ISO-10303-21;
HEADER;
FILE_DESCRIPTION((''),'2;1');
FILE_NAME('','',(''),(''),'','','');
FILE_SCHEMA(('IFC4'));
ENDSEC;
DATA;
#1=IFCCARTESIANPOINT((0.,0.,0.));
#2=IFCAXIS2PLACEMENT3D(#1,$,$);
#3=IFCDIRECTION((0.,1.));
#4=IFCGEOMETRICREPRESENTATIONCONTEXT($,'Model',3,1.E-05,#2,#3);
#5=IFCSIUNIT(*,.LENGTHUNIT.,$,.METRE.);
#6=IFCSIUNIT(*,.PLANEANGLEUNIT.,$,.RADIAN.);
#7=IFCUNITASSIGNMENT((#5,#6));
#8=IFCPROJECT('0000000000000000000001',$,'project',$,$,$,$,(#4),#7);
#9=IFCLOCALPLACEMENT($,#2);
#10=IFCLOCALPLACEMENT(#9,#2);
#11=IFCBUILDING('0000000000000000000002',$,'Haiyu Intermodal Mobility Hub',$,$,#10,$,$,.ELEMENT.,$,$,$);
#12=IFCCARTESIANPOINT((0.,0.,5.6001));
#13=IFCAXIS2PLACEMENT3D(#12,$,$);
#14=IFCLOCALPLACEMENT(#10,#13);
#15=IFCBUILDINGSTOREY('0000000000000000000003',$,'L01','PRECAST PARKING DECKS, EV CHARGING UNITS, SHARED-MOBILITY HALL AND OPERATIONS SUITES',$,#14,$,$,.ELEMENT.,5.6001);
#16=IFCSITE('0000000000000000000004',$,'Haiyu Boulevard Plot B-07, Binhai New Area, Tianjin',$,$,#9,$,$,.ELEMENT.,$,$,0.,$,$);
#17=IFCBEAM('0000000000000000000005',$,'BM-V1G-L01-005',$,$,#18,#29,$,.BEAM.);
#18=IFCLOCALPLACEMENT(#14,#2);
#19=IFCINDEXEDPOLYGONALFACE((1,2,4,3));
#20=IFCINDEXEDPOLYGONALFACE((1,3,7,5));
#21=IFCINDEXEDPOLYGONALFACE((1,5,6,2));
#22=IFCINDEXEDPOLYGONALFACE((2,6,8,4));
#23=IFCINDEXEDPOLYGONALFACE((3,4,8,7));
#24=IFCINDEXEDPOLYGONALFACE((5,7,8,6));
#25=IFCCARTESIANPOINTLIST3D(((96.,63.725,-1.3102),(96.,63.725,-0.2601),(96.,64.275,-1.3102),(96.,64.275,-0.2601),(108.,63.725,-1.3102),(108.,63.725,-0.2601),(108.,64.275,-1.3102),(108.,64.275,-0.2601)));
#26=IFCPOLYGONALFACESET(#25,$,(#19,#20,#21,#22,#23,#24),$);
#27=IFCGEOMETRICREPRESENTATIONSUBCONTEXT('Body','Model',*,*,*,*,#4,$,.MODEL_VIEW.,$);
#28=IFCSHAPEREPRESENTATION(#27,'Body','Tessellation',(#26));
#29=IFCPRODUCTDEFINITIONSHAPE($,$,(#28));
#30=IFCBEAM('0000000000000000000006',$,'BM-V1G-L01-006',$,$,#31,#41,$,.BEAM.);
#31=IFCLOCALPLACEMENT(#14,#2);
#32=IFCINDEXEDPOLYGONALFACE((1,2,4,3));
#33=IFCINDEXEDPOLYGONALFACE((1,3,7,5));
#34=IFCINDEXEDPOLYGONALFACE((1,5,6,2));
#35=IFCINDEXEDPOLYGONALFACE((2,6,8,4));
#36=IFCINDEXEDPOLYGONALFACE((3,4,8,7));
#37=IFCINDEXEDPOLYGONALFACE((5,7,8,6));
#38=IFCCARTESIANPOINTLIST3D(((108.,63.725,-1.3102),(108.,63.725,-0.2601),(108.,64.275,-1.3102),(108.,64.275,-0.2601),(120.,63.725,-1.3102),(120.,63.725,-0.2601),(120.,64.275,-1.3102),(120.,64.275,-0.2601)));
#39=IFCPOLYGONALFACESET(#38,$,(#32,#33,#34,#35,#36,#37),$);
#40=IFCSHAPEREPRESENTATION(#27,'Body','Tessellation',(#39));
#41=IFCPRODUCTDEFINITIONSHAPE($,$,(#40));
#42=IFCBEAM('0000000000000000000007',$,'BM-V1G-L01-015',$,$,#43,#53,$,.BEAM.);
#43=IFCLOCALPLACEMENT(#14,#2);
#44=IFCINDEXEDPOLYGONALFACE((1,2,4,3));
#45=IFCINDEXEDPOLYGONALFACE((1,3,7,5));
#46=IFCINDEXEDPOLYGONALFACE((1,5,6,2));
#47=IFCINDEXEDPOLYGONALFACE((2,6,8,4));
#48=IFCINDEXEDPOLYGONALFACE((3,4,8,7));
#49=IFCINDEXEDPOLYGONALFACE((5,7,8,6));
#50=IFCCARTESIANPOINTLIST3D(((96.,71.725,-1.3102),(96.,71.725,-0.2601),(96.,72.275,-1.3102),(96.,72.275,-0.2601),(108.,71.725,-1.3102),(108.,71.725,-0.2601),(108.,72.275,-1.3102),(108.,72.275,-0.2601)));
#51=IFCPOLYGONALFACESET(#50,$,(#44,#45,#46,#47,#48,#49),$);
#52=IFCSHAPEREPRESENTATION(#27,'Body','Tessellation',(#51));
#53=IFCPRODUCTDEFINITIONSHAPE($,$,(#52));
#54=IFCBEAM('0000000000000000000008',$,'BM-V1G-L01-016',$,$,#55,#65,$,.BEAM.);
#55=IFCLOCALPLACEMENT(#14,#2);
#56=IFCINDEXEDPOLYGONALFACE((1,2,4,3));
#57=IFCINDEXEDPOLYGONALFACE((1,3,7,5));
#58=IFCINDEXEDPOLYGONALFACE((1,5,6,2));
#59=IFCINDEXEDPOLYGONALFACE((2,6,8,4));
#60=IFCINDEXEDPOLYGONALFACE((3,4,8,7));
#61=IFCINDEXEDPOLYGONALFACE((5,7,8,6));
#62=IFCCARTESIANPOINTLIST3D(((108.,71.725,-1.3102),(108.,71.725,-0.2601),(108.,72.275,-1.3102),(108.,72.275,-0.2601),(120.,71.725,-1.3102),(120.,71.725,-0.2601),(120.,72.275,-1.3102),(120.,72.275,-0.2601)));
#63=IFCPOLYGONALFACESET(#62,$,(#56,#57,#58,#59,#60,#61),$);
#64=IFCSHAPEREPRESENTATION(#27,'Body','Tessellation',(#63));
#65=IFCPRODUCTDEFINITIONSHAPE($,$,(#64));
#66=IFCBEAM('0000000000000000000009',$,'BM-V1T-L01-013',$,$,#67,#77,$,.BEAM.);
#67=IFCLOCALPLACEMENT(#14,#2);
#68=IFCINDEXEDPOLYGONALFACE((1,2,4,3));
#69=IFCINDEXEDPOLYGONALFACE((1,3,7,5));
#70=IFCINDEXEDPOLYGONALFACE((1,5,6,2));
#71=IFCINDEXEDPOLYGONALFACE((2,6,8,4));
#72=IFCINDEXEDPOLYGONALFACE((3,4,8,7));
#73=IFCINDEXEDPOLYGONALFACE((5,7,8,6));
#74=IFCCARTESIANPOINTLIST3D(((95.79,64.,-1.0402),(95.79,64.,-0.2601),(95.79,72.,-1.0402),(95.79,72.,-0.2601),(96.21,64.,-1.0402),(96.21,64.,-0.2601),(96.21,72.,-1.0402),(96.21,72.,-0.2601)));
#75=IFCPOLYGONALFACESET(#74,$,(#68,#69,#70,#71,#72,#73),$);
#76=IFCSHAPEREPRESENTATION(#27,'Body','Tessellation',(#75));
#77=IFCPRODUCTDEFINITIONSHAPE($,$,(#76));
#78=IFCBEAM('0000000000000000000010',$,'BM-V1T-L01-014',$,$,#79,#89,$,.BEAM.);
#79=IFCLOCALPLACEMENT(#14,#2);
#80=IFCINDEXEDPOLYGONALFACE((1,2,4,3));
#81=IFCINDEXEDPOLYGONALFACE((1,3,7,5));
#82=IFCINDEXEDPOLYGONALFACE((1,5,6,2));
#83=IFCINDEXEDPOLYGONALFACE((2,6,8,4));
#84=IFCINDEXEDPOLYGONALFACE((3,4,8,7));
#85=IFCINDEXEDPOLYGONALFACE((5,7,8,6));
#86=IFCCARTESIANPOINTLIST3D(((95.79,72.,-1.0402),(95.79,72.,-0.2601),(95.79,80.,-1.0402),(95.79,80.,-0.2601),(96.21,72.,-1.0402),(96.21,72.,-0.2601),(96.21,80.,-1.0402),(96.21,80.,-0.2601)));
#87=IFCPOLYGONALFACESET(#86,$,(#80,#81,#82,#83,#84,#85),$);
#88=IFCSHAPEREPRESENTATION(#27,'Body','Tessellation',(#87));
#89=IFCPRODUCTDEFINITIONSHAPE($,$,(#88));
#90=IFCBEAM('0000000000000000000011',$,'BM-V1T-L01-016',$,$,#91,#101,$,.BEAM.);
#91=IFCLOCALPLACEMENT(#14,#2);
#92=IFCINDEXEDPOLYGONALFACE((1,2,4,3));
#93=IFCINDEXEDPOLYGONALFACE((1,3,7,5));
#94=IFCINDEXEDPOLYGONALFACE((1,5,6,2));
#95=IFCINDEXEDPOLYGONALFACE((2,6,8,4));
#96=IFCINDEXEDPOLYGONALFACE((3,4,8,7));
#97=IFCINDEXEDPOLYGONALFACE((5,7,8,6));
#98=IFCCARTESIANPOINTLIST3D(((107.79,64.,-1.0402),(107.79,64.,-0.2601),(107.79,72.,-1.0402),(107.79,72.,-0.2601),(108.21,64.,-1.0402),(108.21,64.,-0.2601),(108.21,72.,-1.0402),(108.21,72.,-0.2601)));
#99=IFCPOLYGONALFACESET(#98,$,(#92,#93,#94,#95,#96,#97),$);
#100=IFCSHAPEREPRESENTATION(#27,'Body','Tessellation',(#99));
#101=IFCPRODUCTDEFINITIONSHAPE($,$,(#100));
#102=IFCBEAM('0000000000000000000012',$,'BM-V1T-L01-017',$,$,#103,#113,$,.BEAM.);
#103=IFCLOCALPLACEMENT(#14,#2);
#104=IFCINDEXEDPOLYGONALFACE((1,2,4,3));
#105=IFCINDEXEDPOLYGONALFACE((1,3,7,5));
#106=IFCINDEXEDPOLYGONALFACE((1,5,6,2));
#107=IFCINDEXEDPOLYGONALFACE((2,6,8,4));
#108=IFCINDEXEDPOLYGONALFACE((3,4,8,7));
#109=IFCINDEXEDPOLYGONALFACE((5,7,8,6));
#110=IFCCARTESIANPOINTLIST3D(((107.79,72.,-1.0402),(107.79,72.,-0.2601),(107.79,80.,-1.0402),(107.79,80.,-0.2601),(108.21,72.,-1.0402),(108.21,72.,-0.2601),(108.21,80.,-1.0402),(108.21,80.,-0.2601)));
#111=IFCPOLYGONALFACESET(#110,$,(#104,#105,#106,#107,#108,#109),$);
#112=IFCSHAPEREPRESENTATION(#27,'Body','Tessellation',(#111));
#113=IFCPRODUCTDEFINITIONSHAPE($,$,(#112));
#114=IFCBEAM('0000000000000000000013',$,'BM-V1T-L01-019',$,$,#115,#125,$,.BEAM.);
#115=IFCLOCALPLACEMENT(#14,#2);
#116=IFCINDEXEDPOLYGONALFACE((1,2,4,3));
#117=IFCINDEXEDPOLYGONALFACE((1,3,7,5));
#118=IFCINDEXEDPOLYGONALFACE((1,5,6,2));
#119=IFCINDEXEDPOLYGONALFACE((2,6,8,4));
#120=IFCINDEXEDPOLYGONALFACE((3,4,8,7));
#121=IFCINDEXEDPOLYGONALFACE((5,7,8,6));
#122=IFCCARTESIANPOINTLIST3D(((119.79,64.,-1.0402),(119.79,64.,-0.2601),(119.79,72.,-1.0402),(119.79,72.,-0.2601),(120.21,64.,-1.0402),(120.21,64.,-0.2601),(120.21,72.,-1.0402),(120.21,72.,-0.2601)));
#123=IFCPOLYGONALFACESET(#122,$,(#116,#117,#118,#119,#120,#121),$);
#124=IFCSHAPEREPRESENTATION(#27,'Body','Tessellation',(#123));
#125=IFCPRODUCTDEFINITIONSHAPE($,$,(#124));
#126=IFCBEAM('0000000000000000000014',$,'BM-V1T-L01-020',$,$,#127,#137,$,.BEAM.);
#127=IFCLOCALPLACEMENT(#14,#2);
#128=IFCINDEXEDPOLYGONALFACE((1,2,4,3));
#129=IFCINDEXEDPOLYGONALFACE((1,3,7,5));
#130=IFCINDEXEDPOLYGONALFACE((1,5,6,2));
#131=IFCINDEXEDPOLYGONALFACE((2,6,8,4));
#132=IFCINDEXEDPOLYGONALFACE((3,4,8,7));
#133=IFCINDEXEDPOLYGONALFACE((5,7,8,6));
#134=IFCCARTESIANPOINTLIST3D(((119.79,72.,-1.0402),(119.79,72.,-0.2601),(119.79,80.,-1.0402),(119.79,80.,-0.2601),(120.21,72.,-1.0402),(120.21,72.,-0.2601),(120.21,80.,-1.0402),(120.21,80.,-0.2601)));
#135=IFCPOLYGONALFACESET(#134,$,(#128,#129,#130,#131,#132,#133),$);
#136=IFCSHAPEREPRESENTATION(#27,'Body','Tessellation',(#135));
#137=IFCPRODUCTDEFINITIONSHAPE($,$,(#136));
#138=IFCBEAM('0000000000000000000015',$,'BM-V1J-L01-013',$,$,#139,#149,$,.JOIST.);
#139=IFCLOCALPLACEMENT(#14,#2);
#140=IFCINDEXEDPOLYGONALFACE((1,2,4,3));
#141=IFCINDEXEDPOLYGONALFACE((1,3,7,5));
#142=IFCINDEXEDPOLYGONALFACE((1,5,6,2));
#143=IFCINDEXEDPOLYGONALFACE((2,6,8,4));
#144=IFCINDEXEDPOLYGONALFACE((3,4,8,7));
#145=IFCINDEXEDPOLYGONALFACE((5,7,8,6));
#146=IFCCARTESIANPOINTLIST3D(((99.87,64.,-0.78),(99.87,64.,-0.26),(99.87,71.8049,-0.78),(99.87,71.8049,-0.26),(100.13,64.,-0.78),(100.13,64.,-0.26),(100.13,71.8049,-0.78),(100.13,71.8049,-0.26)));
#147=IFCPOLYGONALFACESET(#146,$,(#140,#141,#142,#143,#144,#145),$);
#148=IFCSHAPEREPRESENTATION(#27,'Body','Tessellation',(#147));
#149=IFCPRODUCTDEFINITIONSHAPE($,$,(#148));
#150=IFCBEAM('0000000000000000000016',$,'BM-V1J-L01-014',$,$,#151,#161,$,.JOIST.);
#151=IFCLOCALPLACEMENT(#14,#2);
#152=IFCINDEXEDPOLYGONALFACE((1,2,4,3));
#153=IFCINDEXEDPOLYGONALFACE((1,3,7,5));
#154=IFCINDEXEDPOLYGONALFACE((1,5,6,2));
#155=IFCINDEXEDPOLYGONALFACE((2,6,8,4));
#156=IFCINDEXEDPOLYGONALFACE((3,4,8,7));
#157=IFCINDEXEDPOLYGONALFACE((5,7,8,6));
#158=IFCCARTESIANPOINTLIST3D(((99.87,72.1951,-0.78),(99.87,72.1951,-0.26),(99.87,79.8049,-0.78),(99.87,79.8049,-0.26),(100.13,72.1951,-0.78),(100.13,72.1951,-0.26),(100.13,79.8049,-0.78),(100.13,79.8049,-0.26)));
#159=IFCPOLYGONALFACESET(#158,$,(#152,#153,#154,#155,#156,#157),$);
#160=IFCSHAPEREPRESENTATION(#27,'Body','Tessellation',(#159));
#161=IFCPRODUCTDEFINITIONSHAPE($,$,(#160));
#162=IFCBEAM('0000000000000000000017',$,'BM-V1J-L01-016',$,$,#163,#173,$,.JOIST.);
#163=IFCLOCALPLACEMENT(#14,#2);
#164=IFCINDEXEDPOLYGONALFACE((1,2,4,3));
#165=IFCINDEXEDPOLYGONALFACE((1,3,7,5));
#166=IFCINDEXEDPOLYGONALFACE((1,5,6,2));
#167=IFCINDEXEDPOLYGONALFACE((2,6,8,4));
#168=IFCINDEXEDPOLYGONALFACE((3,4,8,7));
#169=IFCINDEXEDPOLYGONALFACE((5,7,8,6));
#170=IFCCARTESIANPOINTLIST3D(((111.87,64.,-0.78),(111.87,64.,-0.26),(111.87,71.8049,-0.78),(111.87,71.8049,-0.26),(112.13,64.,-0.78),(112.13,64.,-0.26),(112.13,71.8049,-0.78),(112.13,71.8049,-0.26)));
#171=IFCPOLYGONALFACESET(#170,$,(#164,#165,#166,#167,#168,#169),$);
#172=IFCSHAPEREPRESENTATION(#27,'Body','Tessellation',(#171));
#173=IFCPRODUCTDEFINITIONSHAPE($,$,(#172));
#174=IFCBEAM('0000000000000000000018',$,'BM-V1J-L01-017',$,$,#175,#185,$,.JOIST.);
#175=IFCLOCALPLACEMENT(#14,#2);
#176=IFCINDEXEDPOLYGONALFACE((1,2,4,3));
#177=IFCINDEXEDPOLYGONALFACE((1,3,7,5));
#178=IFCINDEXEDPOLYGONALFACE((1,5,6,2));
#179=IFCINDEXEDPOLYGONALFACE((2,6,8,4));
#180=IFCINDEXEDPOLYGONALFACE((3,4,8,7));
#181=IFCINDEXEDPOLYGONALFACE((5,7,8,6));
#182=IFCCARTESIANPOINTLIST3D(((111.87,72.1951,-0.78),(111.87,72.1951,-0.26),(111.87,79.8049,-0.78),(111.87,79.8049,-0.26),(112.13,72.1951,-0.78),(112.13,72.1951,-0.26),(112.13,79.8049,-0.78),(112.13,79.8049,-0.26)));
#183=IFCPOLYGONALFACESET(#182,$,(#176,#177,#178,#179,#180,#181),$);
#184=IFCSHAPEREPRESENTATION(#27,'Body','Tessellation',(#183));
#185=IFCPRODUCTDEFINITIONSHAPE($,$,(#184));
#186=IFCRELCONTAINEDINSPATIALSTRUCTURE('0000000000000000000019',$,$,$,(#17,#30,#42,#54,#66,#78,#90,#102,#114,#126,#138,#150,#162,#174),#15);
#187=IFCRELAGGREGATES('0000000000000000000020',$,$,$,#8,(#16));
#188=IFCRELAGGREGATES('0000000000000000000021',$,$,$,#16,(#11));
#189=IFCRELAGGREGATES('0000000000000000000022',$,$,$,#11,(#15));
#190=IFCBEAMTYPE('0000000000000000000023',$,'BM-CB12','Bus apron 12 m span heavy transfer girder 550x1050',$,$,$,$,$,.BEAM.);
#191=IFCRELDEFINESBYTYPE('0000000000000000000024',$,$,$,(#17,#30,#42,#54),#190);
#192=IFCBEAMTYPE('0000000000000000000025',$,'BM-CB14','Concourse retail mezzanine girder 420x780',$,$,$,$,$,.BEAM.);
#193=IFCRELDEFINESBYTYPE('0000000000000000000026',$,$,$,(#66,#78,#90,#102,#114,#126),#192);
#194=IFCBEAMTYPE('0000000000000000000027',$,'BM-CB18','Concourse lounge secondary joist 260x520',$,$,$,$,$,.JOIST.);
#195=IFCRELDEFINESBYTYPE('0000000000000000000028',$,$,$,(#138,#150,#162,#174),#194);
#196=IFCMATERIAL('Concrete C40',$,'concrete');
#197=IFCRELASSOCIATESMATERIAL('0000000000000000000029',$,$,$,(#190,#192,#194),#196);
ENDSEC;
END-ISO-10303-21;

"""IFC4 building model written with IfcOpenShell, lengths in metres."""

from ifc_helpers import new_model, si_unit, direction, frame, origin, origin_2d, place, context, subcontext, project, spatial, rectangle, extrude, material, material_profile, profile_set, type_object, element, save


model = new_model("IFC4")

# Units and contexts
model_context = context("Model", 3, precision=1e-05, world=origin(), true_north=direction((0.0, 1.0)))
body_context = subcontext(model_context, "Body", "Model", "MODEL_VIEW")
ifc_project = project(units=[si_unit("LENGTHUNIT", "METRE"), si_unit("PLANEANGLEUNIT", "RADIAN")], contexts=[model_context])

# Site, building, storey
site_placement = place(None, origin())
site = spatial("IfcSite", under=ifc_project, at=site_placement, Name="Haiyu Boulevard Plot B-07, Binhai New Area, Tianjin", CompositionType="ELEMENT", RefElevation=0.0)
building_placement = place(site_placement, origin())
building = spatial("IfcBuilding", under=site, at=building_placement, Name="Haiyu Intermodal Mobility Hub", CompositionType="ELEMENT")
storey_placement = place(building_placement, frame((0.0, 0.0, 5.6001)))
storey = spatial("IfcBuildingStorey", under=building, at=storey_placement, Name="L01", Description="PRECAST PARKING DECKS, EV CHARGING UNITS, SHARED-MOBILITY HALL AND OPERATIONS SUITES", CompositionType="ELEMENT", Elevation=5.6001)

# Shared definitions
ifc_material_1 = material(Name="Concrete C40", Category="concrete")

# Beams
ifc_material_profile_1 = material_profile(ifc_material_1, rectangle(XDim=0.55, YDim=1.05, at=origin_2d()), Name="B550x1050")
ifc_profile_set_1 = profile_set([ifc_material_profile_1], Name="Concrete C40")
beam_type_1 = type_object("IfcBeamType", Name="BM-CB12", Description="Bus apron 12 m span heavy transfer girder 550x1050", PredefinedType="BEAM", material=ifc_profile_set_1)
for number, where, z_axis, x_axis, name in (
    (1, (96.0, 64.0, -0.7852), (1.0, 0.0, 0.0), (0.0, 1.0, 0.0), "BM-V1G-L01-005"),
    (2, (108.0, 64.0, -0.7852), (1.0, 0.0, 0.0), (0.0, 1.0, 0.0), "BM-V1G-L01-006"),
    (3, (96.0, 72.0, -0.7852), (1.0, 0.0, 0.0), (0.0, 1.0, 0.0), "BM-V1G-L01-015"),
    (4, (108.0, 72.0, -0.7852), (1.0, 0.0, 0.0), (0.0, 1.0, 0.0), "BM-V1G-L01-016"),
):
    element("IfcBeam", number, at=place(storey_placement, frame(where, z_axis=z_axis, x_axis=x_axis)), inside=storey, type_object=beam_type_1, Name=name, PredefinedType="BEAM", context=body_context, shape_type="SweptSolid", body=[
        extrude(rectangle(XDim=0.55, YDim=1.05, at=origin_2d()), origin(), (0.0, 0.0, 1.0), 12.0),
    ])
ifc_material_profile_2 = material_profile(ifc_material_1, rectangle(XDim=0.4199, YDim=0.78, at=origin_2d()), Name="B420x780")
ifc_profile_set_2 = profile_set([ifc_material_profile_2], Name="Concrete C40")
beam_type_2 = type_object("IfcBeamType", Name="BM-CB14", Description="Concourse retail mezzanine girder 420x780", PredefinedType="BEAM", material=ifc_profile_set_2)
for number, where, z_axis, x_axis, name in (
    (5, (96.0, 64.0, -0.6501), (0.0, 1.0, 0.0), (-1.0, 0.0, 0.0), "BM-V1T-L01-013"),
    (6, (96.0, 72.0, -0.6501), (0.0, 1.0, 0.0), (-1.0, 0.0, 0.0), "BM-V1T-L01-014"),
    (7, (108.0, 64.0, -0.6501), (0.0, 1.0, 0.0), (-1.0, 0.0, 0.0), "BM-V1T-L01-016"),
    (8, (108.0, 72.0, -0.6501), (0.0, 1.0, 0.0), (-1.0, 0.0, 0.0), "BM-V1T-L01-017"),
    (9, (120.0, 64.0, -0.6501), (0.0, 1.0, 0.0), (-1.0, 0.0, 0.0), "BM-V1T-L01-019"),
    (10, (120.0, 72.0, -0.6501), (0.0, 1.0, 0.0), (-1.0, 0.0, 0.0), "BM-V1T-L01-020"),
):
    element("IfcBeam", number, at=place(storey_placement, frame(where, z_axis=z_axis, x_axis=x_axis)), inside=storey, type_object=beam_type_2, Name=name, PredefinedType="BEAM", context=body_context, shape_type="SweptSolid", body=[
        extrude(rectangle(XDim=0.4199, YDim=0.78, at=origin_2d()), origin(), (0.0, 0.0, 1.0), 8.0),
    ])
ifc_material_profile_3 = material_profile(ifc_material_1, rectangle(XDim=0.26, YDim=0.52, at=origin_2d()), Name="B260x520")
ifc_profile_set_3 = profile_set([ifc_material_profile_3], Name="Concrete C40")
beam_type_3 = type_object("IfcBeamType", Name="BM-CB18", Description="Concourse lounge secondary joist 260x520", PredefinedType="JOIST", material=ifc_profile_set_3)
beam_1_placement = place(storey_placement, frame((100.0, 64.0, -0.52), z_axis=(0.0, 1.0, 0.0), x_axis=(-1.0, 0.0, 0.0)))
element("IfcBeam", 11, at=beam_1_placement, inside=storey, type_object=beam_type_3, Name="BM-V1J-L01-013", PredefinedType="JOIST", context=body_context, shape_type="SweptSolid", body=[
    extrude(rectangle(XDim=0.26, YDim=0.52, at=origin_2d()), origin(), (0.0, 0.0, 1.0), 7.8049),
])
beam_2_placement = place(storey_placement, frame((100.0, 72.1951, -0.52), z_axis=(0.0, 1.0, 0.0), x_axis=(-1.0, 0.0, 0.0)))
element("IfcBeam", 12, at=beam_2_placement, inside=storey, type_object=beam_type_3, Name="BM-V1J-L01-014", PredefinedType="JOIST", context=body_context, shape_type="SweptSolid", body=[
    extrude(rectangle(XDim=0.26, YDim=0.52, at=origin_2d()), origin(), (0.0, 0.0, 1.0), 7.6099),
])
beam_3_placement = place(storey_placement, frame((112.0, 64.0, -0.52), z_axis=(0.0, 1.0, 0.0), x_axis=(-1.0, 0.0, 0.0)))
element("IfcBeam", 13, at=beam_3_placement, inside=storey, type_object=beam_type_3, Name="BM-V1J-L01-016", PredefinedType="JOIST", context=body_context, shape_type="SweptSolid", body=[
    extrude(rectangle(XDim=0.26, YDim=0.52, at=origin_2d()), origin(), (0.0, 0.0, 1.0), 7.8049),
])
beam_4_placement = place(storey_placement, frame((112.0, 72.1951, -0.52), z_axis=(0.0, 1.0, 0.0), x_axis=(-1.0, 0.0, 0.0)))
element("IfcBeam", 14, at=beam_4_placement, inside=storey, type_object=beam_type_3, Name="BM-V1J-L01-017", PredefinedType="JOIST", context=body_context, shape_type="SweptSolid", body=[
    extrude(rectangle(XDim=0.26, YDim=0.52, at=origin_2d()), origin(), (0.0, 0.0, 1.0), 7.6099),
])

save(model, "model.ifc")
